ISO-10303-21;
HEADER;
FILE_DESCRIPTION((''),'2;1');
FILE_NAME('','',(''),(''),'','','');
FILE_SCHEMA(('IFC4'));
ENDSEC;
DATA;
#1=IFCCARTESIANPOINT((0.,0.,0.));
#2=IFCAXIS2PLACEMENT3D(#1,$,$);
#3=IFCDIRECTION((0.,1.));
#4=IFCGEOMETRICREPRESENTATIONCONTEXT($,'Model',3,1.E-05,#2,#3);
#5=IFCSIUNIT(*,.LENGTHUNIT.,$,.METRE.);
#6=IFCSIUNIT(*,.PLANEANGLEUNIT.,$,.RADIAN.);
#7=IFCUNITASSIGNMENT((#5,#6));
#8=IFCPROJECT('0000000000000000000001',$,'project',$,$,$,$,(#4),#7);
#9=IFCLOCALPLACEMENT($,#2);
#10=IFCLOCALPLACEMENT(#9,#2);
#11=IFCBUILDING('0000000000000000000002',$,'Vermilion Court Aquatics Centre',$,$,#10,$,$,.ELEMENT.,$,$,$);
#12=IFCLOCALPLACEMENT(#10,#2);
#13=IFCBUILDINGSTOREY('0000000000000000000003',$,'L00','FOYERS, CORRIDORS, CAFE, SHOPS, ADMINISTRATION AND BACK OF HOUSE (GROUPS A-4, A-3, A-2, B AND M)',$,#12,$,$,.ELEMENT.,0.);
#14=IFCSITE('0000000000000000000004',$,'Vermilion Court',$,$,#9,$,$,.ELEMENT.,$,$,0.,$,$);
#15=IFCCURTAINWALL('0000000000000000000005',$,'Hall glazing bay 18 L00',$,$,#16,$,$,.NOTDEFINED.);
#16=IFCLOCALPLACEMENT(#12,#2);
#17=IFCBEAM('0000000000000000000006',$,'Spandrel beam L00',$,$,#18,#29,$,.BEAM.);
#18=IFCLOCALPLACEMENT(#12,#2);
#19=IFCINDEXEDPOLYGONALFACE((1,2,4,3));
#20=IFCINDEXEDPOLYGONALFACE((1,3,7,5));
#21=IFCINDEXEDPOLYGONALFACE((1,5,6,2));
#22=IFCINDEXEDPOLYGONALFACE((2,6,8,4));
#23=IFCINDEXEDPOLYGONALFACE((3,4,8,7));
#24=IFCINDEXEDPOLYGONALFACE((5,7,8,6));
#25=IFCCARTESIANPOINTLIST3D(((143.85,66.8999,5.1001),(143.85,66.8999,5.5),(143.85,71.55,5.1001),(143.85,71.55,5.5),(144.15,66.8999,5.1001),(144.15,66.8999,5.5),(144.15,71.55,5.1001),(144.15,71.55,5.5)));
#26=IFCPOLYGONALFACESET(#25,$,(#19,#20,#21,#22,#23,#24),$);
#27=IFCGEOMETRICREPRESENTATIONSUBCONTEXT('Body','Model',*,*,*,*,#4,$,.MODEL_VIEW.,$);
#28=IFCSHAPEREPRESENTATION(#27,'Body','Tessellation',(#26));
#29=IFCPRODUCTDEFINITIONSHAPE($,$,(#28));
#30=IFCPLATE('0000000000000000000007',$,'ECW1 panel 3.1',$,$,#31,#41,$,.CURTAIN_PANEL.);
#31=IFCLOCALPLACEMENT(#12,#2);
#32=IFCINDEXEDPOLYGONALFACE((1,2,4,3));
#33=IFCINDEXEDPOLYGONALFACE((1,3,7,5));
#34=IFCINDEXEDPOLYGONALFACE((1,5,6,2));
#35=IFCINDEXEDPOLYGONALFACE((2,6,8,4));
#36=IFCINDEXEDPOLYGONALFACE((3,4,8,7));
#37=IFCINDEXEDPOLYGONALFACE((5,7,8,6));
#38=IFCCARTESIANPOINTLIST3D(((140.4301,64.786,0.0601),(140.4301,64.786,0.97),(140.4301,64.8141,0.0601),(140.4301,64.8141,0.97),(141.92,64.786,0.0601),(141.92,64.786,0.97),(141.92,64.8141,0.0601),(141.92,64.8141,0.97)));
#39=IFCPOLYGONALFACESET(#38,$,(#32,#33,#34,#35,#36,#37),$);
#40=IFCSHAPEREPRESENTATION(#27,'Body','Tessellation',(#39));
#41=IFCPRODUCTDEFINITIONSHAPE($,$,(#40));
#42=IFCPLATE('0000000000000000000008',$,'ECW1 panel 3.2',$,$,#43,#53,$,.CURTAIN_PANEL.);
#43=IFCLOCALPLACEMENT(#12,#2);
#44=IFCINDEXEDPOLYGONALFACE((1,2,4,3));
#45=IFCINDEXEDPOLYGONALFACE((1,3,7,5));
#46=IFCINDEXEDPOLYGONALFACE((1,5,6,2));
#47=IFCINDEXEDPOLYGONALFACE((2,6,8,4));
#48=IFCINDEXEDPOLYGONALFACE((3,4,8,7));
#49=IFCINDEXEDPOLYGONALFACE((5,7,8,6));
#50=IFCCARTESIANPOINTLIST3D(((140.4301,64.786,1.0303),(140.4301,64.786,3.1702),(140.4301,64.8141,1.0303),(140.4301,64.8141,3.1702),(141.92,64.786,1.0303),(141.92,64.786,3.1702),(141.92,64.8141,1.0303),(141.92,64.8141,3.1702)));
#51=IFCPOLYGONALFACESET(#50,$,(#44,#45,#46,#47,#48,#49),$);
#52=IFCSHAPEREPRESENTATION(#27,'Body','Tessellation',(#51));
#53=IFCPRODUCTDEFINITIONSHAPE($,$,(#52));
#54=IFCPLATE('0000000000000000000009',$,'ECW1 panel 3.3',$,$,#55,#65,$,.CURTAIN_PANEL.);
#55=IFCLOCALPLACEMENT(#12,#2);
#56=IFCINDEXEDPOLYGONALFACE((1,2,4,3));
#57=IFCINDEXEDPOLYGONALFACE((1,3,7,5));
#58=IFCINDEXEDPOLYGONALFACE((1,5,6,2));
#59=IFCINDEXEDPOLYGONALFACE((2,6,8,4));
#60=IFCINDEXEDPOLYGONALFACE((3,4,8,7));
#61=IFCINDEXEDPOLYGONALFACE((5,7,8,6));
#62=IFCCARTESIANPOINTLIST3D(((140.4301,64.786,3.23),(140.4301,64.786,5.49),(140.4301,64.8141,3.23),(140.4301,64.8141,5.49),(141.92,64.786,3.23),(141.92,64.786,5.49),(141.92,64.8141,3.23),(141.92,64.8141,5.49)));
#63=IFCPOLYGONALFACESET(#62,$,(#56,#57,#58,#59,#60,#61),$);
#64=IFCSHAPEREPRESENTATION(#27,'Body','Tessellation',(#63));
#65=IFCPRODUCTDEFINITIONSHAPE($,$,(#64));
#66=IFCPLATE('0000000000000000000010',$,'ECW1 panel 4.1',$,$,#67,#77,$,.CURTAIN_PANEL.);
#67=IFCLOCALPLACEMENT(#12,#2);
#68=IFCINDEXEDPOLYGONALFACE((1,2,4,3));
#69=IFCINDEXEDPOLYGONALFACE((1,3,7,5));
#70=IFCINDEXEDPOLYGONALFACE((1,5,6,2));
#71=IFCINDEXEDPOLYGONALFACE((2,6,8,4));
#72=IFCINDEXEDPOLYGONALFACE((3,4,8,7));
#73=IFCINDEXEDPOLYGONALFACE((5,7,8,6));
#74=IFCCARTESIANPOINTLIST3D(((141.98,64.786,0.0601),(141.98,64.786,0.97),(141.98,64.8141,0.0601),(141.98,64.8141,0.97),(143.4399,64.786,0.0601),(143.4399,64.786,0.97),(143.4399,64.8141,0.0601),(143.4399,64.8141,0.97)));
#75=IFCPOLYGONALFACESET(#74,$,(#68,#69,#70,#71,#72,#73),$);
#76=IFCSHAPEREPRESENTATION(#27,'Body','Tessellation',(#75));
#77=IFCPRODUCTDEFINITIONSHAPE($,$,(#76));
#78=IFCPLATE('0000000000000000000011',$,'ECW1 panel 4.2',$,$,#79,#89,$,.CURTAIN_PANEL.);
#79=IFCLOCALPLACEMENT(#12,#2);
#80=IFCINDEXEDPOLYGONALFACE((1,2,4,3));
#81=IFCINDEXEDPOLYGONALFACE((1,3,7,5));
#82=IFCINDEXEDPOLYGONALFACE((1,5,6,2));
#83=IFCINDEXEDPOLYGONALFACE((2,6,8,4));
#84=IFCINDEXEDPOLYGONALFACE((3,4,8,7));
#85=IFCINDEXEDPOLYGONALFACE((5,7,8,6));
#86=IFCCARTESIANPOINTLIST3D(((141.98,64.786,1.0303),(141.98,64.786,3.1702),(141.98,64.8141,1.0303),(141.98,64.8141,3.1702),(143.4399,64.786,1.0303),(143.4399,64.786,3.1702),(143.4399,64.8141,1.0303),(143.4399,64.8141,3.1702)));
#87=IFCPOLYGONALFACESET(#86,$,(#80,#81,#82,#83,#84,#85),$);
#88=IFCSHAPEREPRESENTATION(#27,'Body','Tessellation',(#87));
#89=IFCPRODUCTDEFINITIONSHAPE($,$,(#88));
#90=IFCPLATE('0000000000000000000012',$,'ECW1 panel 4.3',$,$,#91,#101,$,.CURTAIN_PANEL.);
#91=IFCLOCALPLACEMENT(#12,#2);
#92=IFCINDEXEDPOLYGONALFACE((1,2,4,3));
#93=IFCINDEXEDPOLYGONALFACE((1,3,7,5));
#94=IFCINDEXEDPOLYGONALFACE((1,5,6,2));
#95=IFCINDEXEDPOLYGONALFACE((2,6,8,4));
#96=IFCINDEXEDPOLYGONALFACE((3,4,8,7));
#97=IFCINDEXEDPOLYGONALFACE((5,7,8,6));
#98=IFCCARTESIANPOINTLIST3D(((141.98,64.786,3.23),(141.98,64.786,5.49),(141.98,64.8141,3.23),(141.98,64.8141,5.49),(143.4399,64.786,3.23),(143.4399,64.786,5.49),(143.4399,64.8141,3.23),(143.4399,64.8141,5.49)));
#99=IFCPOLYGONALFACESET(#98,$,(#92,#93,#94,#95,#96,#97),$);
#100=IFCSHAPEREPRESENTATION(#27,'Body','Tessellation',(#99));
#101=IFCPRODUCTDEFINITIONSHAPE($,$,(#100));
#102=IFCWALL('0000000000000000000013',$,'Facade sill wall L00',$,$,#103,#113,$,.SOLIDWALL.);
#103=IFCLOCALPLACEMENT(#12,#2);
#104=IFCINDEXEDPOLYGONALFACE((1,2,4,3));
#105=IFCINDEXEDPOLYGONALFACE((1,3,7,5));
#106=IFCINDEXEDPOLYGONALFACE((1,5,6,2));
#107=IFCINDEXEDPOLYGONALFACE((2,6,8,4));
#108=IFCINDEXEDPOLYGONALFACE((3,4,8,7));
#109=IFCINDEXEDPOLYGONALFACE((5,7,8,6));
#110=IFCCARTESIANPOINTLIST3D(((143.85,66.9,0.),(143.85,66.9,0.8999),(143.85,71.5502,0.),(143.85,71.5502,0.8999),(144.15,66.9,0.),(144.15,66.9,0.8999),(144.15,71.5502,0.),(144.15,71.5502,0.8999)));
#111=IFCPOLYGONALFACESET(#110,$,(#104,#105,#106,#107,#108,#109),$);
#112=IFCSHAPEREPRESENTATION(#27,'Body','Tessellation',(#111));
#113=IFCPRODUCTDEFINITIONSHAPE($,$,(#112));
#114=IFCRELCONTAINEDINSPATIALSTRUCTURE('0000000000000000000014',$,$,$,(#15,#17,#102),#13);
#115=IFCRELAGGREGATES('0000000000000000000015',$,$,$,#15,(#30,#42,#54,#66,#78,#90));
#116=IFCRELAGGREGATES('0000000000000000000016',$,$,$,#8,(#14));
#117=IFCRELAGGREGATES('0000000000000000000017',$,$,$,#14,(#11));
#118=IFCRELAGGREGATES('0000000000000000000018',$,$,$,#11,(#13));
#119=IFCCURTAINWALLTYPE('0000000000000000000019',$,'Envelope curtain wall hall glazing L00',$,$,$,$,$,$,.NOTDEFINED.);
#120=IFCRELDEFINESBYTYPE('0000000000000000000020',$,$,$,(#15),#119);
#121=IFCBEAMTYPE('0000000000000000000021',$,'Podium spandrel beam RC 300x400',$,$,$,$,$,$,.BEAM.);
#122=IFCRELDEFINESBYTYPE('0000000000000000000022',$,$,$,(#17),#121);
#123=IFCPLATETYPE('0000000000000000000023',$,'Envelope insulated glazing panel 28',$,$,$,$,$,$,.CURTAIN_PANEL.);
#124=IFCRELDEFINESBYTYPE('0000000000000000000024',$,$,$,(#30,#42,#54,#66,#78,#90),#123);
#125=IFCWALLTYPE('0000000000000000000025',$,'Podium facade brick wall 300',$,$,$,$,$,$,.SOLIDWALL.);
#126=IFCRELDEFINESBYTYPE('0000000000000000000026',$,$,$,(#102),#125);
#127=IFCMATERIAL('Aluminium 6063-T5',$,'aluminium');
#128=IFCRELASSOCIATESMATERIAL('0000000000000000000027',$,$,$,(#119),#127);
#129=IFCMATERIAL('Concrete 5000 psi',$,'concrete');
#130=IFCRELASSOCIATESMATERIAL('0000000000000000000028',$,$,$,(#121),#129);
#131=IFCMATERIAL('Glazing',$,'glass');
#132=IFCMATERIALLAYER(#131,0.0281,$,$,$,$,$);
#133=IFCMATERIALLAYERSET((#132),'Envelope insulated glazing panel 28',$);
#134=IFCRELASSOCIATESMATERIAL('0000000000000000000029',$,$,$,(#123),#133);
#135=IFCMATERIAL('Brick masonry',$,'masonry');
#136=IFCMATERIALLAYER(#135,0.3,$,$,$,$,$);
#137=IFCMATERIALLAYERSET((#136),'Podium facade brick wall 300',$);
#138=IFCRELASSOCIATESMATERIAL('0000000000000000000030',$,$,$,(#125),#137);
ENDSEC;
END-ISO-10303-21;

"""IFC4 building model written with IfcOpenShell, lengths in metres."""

from ifc_helpers import new_model, si_unit, direction, frame, frame_2d, origin, origin_2d, place, context, subcontext, project, spatial, rectangle, extrude, material, layer, layer_set, material_profile, profile_set, type_object, element, aggregate, save


model = new_model("IFC4")

# Units and contexts
model_context = context("Model", 3, precision=1e-05, world=origin(), true_north=direction((0.0, 1.0)))
body_context = subcontext(model_context, "Body", "Model", "MODEL_VIEW")
ifc_project = project(units=[si_unit("LENGTHUNIT", "METRE"), si_unit("PLANEANGLEUNIT", "RADIAN")], contexts=[model_context])

# Site, building, storey
site_placement = place(None, origin())
site = spatial("IfcSite", under=ifc_project, at=site_placement, Name="Vermilion Court", CompositionType="ELEMENT", RefElevation=0.0)
building_placement = place(site_placement, origin())
building = spatial("IfcBuilding", under=site, at=building_placement, Name="Vermilion Court Aquatics Centre", CompositionType="ELEMENT")
storey_placement = place(building_placement, origin())
storey = spatial("IfcBuildingStorey", under=building, at=storey_placement, Name="L00", Description="FOYERS, CORRIDORS, CAFE, SHOPS, ADMINISTRATION AND BACK OF HOUSE (GROUPS A-4, A-3, A-2, B AND M)", CompositionType="ELEMENT", Elevation=0.0)

# Curtain wall
ifc_material_1 = material(Name="Aluminium 6063-T5", Category="aluminium")
curtain_wall_type_1 = type_object("IfcCurtainWallType", Name="Envelope curtain wall hall glazing L00", PredefinedType="NOTDEFINED", material=ifc_material_1)
curtain_wall_1_placement = place(storey_placement, origin())
curtain_wall_1 = element("IfcCurtainWall", 1, at=curtain_wall_1_placement, inside=storey, type_object=curtain_wall_type_1, Name="Hall glazing bay 18 L00", PredefinedType="NOTDEFINED")

# Beam
ifc_material_2 = material(Name="Concrete 5000 psi", Category="concrete")
ifc_material_profile_1 = material_profile(ifc_material_2, rectangle(XDim=0.3, YDim=0.3999, at=origin_2d()), Name="RC 300x400")
ifc_profile_set_1 = profile_set([ifc_material_profile_1], Name="Concrete 5000 psi")
beam_type_1 = type_object("IfcBeamType", Name="Podium spandrel beam RC 300x400", PredefinedType="BEAM", material=ifc_profile_set_1)
beam_1_placement = place(storey_placement, frame((144.0, 66.8999, 5.3), z_axis=(0.0, 1.0, 0.0), x_axis=(-1.0, 0.0, 0.0)))
element("IfcBeam", 2, at=beam_1_placement, inside=storey, type_object=beam_type_1, Name="Spandrel beam L00", PredefinedType="BEAM", context=body_context, shape_type="SweptSolid", body=[
    extrude(rectangle(XDim=0.3, YDim=0.3999, at=origin_2d()), origin(), (0.0, 0.0, 1.0), 4.6501),
])

# Plates
ifc_material_3 = material(Name="Glazing", Category="glass")
ifc_layer_1 = layer(ifc_material_3, 0.0281)
ifc_layer_set_1 = layer_set([ifc_layer_1], Name="Envelope insulated glazing panel 28")
plate_type = type_object("IfcPlateType", Name="Envelope insulated glazing panel 28", PredefinedType="CURTAIN_PANEL", material=ifc_layer_set_1)
plate_1_placement = place(storey_placement, frame((141.175, 64.8, 0.0601), z_axis=(0.0, 0.0, 1.0), x_axis=(1.0, 0.0, 0.0)))
plate_1 = element("IfcPlate", 3, at=plate_1_placement, type_object=plate_type, Name="ECW1 panel 3.1", PredefinedType="CURTAIN_PANEL", context=body_context, shape_type="SweptSolid", body=[
    extrude(rectangle(XDim=1.49, YDim=0.0281, at=origin_2d()), origin(), (0.0, 0.0, 1.0), 0.9099),
])
plate_2_placement = place(storey_placement, frame((141.175, 64.8, 1.0303), z_axis=(0.0, 0.0, 1.0), x_axis=(1.0, 0.0, 0.0)))
plate_2 = element("IfcPlate", 4, at=plate_2_placement, type_object=plate_type, Name="ECW1 panel 3.2", PredefinedType="CURTAIN_PANEL", context=body_context, shape_type="SweptSolid", body=[
    extrude(rectangle(XDim=1.49, YDim=0.0281, at=origin_2d()), origin(), (0.0, 0.0, 1.0), 2.1399),
])
plate_3_placement = place(storey_placement, frame((141.175, 64.8, 3.23), z_axis=(0.0, 0.0, 1.0), x_axis=(1.0, 0.0, 0.0)))
plate_3 = element("IfcPlate", 5, at=plate_3_placement, type_object=plate_type, Name="ECW1 panel 3.3", PredefinedType="CURTAIN_PANEL", context=body_context, shape_type="SweptSolid", body=[
    extrude(rectangle(XDim=1.49, YDim=0.0281, at=origin_2d()), origin(), (0.0, 0.0, 1.0), 2.26),
])
plate_4_placement = place(storey_placement, frame((142.71, 64.8, 0.0601), z_axis=(0.0, 0.0, 1.0), x_axis=(1.0, 0.0, 0.0)))
plate_4 = element("IfcPlate", 6, at=plate_4_placement, type_object=plate_type, Name="ECW1 panel 4.1", PredefinedType="CURTAIN_PANEL", context=body_context, shape_type="SweptSolid", body=[
    extrude(rectangle(XDim=1.46, YDim=0.0281, at=origin_2d()), origin(), (0.0, 0.0, 1.0), 0.9099),
])
plate_5_placement = place(storey_placement, frame((142.71, 64.8, 1.0303), z_axis=(0.0, 0.0, 1.0), x_axis=(1.0, 0.0, 0.0)))
plate_5 = element("IfcPlate", 7, at=plate_5_placement, type_object=plate_type, Name="ECW1 panel 4.2", PredefinedType="CURTAIN_PANEL", context=body_context, shape_type="SweptSolid", body=[
    extrude(rectangle(XDim=1.46, YDim=0.0281, at=origin_2d()), origin(), (0.0, 0.0, 1.0), 2.1399),
])
plate_6_placement = place(storey_placement, frame((142.71, 64.8, 3.23), z_axis=(0.0, 0.0, 1.0), x_axis=(1.0, 0.0, 0.0)))
plate_6 = element("IfcPlate", 8, at=plate_6_placement, type_object=plate_type, Name="ECW1 panel 4.3", PredefinedType="CURTAIN_PANEL", context=body_context, shape_type="SweptSolid", body=[
    extrude(rectangle(XDim=1.46, YDim=0.0281, at=origin_2d()), origin(), (0.0, 0.0, 1.0), 2.26),
])
aggregate(curtain_wall_1, [plate_1, plate_2, plate_3, plate_4, plate_5, plate_6])

# Wall
ifc_material_4 = material(Name="Brick masonry", Category="masonry")
ifc_layer_2 = layer(ifc_material_4, 0.3)
ifc_layer_set_2 = layer_set([ifc_layer_2], Name="Podium facade brick wall 300")
wall_type = type_object("IfcWallType", Name="Podium facade brick wall 300", PredefinedType="SOLIDWALL", material=ifc_layer_set_2)
wall_placement = place(storey_placement, frame((144.0, 66.8999, 0.0), z_axis=(0.0, 0.0, 1.0), x_axis=(0.0, 1.0, 0.0)))
element("IfcWall", 9, at=wall_placement, inside=storey, type_object=wall_type, Name="Facade sill wall L00", PredefinedType="SOLIDWALL", context=body_context, shape_type="SweptSolid", body=[
    extrude(rectangle(XDim=4.6501, YDim=0.3, at=frame_2d((2.3252, 0.0))), origin(), (0.0, 0.0, 1.0), 0.8999),
])

save(model, "model.ifc")
